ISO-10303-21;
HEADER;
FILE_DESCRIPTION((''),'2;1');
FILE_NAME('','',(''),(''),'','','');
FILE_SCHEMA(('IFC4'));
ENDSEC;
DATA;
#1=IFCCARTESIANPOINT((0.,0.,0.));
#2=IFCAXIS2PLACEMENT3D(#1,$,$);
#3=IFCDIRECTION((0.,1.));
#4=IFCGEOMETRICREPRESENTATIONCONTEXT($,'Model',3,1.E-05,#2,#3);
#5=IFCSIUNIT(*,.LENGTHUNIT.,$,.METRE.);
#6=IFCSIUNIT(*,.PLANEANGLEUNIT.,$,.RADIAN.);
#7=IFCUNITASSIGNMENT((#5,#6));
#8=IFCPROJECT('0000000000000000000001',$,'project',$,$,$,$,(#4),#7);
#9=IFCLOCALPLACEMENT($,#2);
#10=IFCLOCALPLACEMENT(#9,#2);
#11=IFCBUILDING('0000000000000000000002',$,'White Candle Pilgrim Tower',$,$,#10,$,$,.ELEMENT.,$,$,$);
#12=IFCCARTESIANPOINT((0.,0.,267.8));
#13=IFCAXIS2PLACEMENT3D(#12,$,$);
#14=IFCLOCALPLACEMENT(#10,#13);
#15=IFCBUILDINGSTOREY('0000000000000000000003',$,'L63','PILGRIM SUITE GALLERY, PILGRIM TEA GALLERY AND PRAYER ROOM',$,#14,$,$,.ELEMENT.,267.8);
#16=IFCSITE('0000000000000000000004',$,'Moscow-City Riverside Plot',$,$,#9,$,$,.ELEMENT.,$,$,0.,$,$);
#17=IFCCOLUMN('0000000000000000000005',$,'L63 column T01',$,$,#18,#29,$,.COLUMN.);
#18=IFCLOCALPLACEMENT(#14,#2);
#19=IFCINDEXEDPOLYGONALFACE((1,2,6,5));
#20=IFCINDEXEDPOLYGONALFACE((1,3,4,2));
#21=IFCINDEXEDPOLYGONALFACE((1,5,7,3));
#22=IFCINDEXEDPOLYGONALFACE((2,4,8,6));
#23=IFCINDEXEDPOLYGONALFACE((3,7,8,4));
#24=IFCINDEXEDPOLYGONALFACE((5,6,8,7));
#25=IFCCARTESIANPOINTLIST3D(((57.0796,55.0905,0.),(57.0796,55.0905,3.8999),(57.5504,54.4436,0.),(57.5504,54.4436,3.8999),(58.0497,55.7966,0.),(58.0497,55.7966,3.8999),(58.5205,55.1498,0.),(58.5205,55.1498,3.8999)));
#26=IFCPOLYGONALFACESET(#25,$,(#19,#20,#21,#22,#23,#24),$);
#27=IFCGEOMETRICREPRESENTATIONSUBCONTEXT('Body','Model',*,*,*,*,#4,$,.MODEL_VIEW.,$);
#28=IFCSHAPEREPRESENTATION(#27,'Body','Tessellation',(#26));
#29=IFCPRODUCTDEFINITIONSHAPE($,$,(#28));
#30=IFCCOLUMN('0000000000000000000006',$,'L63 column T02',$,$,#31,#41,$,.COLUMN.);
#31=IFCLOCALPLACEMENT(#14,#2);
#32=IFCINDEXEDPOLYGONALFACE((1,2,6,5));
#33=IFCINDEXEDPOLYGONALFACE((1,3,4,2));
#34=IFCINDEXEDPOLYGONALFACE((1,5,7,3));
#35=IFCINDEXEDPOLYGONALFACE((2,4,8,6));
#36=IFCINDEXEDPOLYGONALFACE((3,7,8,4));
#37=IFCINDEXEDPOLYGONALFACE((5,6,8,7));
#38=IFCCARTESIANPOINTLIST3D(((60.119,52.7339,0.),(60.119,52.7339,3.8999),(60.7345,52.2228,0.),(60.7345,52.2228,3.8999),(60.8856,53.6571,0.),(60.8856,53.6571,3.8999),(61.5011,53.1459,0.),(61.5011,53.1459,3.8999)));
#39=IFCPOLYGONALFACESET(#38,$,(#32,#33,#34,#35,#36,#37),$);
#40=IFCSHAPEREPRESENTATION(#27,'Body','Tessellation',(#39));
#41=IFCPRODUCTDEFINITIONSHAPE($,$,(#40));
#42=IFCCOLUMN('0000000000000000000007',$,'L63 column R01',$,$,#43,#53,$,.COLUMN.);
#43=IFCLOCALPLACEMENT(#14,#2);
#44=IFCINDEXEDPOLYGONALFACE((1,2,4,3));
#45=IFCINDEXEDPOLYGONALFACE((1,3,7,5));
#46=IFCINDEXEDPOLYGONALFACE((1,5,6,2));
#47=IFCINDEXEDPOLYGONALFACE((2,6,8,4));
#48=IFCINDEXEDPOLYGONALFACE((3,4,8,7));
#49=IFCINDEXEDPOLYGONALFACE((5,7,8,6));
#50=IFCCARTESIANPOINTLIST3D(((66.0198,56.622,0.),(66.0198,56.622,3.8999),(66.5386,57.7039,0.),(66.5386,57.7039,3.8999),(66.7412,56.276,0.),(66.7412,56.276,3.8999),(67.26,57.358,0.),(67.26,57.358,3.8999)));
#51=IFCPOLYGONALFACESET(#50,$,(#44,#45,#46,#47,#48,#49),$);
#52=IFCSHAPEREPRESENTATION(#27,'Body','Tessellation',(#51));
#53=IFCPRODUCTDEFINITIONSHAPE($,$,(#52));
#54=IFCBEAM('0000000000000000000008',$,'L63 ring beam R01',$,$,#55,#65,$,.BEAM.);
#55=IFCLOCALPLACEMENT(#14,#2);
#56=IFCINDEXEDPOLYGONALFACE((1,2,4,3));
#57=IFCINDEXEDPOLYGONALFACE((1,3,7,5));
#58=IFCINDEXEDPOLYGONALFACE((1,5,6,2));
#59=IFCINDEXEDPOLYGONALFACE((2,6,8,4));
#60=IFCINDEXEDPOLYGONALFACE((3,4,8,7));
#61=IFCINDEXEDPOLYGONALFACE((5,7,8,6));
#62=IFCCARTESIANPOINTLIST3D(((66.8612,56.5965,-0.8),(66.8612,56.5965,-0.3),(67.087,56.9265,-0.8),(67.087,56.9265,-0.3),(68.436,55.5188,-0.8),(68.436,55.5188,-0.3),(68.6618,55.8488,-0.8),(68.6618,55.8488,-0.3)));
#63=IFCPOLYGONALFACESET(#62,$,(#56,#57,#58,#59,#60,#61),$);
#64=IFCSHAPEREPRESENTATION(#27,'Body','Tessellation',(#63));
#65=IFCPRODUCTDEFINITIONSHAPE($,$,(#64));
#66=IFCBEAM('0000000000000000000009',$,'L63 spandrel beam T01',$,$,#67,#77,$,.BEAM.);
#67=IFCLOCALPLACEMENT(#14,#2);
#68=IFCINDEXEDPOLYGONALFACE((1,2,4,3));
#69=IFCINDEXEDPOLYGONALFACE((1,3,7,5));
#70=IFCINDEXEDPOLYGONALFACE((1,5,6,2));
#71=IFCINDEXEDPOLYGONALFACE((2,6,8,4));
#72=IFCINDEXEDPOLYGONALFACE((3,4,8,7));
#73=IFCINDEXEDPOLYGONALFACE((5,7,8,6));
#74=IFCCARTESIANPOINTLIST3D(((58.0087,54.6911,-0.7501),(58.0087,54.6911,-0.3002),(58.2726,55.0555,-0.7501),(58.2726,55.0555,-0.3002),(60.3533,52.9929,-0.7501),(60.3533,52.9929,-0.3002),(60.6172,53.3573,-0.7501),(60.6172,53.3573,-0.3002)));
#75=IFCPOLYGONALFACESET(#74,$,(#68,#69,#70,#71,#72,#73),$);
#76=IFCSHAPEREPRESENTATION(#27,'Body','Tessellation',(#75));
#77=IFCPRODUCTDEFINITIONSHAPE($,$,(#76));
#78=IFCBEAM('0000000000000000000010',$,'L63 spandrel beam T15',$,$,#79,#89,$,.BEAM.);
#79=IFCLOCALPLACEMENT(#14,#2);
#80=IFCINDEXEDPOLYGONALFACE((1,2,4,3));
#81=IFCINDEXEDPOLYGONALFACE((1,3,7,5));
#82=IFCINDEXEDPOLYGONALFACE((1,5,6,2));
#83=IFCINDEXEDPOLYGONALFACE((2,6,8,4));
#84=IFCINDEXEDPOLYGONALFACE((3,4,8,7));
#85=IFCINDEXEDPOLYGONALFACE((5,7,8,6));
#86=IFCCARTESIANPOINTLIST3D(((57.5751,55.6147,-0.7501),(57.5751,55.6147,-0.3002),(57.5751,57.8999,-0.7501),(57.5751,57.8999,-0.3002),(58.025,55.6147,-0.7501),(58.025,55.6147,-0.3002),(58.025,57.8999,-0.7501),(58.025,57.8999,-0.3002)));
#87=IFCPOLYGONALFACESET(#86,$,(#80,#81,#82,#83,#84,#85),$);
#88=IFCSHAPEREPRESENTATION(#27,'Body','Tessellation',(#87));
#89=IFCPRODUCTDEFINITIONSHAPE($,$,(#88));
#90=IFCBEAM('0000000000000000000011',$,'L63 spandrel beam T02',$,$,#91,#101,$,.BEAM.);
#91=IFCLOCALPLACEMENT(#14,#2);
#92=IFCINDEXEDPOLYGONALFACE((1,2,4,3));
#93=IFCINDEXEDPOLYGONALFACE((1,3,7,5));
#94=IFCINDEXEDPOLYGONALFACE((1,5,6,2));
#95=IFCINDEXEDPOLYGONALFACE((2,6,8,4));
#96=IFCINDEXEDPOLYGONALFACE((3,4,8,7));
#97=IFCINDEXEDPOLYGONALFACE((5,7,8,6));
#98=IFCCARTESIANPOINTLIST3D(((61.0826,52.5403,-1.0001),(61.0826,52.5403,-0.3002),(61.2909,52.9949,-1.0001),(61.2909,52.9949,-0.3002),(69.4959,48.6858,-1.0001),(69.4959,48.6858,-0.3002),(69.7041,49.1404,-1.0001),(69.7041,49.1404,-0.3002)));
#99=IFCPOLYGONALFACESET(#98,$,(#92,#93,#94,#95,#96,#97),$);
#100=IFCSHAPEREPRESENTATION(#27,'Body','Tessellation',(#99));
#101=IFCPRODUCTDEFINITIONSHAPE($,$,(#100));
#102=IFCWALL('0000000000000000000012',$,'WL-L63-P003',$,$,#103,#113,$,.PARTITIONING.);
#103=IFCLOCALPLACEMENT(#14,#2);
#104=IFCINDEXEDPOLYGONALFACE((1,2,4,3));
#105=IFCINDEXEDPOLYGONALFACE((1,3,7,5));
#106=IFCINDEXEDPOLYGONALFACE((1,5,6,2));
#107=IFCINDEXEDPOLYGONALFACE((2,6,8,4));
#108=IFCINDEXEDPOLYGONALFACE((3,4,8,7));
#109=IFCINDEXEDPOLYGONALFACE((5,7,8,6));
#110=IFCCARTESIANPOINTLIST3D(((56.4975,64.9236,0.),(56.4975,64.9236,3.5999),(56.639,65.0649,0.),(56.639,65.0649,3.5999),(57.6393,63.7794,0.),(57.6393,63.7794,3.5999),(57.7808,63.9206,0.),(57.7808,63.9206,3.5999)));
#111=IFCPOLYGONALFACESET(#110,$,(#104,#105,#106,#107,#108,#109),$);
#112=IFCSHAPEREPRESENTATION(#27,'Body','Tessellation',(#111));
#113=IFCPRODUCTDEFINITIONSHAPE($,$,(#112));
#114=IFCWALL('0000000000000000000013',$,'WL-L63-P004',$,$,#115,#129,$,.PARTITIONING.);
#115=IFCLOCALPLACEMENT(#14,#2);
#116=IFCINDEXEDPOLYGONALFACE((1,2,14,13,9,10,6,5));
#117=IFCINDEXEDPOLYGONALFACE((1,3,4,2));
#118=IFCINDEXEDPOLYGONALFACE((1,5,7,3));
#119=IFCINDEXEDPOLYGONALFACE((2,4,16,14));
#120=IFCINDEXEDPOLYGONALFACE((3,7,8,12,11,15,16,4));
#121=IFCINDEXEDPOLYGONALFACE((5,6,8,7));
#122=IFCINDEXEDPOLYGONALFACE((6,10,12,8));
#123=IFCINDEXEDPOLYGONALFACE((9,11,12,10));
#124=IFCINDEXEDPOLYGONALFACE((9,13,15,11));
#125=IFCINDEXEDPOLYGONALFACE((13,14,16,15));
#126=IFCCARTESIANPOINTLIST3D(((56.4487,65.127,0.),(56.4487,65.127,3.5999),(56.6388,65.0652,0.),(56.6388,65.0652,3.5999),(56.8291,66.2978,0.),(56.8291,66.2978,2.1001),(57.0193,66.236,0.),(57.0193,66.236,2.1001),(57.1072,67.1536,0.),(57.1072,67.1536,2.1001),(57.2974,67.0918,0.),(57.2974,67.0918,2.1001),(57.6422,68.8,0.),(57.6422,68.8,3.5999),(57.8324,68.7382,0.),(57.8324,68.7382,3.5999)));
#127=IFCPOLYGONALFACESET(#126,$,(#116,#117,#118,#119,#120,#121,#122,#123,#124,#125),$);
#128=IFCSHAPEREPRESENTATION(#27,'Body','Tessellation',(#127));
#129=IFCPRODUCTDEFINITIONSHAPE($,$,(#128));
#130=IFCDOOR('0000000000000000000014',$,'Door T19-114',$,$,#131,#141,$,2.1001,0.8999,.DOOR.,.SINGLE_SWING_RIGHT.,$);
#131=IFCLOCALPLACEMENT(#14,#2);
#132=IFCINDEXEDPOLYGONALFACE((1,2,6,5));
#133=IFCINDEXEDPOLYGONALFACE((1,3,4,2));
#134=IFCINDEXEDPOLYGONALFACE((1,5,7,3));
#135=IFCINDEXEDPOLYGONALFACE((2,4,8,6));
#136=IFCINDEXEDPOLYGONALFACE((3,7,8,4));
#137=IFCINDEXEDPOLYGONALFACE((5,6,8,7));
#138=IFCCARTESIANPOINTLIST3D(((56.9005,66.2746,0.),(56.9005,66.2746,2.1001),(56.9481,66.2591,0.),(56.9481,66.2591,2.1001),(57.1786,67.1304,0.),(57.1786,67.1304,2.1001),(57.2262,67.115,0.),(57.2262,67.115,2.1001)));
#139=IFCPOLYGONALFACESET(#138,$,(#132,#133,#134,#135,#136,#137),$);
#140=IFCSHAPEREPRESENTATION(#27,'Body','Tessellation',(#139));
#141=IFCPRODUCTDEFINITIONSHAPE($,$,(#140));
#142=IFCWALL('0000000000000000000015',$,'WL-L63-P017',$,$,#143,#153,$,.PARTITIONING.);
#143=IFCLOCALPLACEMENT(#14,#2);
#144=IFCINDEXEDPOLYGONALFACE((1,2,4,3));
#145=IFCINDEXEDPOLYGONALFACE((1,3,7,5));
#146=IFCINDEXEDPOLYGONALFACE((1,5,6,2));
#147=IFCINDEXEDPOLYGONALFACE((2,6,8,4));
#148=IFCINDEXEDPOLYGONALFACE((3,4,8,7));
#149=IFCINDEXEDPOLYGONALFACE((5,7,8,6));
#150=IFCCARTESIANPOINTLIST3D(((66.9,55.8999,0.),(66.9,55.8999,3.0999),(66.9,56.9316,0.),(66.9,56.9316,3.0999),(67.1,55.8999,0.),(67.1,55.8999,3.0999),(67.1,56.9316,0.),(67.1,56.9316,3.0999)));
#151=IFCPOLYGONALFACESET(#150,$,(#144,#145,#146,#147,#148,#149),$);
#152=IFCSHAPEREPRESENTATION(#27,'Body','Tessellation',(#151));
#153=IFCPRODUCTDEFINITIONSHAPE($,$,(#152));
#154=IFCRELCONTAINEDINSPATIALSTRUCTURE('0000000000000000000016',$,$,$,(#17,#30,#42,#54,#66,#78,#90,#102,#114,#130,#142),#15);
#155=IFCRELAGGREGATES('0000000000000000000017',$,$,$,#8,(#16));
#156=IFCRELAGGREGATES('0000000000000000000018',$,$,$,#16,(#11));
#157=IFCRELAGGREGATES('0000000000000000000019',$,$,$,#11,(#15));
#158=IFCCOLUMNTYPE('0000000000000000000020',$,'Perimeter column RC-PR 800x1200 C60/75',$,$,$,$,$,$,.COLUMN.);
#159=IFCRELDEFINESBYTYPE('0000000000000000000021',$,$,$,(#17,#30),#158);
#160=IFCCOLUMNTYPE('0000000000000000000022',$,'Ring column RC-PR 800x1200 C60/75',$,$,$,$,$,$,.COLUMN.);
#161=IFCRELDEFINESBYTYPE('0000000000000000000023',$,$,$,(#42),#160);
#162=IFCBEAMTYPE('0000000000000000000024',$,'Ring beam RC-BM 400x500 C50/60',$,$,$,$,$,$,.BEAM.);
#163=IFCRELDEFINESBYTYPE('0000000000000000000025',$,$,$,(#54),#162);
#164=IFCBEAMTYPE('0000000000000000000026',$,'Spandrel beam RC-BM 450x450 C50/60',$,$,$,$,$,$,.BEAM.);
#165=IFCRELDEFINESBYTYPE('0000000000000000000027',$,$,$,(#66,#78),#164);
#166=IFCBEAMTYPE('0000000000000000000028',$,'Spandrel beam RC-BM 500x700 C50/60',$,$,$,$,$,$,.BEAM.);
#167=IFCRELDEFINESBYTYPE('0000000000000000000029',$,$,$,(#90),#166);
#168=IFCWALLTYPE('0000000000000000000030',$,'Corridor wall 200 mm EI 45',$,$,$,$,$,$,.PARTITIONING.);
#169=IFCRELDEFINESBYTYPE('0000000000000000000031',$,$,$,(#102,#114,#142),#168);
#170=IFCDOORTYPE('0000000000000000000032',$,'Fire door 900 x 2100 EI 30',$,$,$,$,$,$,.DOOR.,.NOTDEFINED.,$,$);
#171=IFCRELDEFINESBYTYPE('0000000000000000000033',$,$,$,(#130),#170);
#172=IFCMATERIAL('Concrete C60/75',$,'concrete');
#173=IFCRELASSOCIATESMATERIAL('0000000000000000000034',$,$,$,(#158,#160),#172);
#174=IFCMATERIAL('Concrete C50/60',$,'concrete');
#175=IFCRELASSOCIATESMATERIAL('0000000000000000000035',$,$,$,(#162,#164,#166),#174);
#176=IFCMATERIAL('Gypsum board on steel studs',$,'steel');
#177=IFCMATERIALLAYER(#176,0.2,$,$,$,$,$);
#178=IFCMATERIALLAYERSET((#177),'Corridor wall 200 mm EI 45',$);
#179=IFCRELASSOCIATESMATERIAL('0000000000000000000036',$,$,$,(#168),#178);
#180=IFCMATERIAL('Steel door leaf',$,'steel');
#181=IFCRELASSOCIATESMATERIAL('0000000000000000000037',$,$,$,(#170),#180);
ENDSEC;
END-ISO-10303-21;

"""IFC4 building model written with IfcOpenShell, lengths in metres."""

from ifc_helpers import new_model, si_unit, direction, frame, frame_2d, origin, origin_2d, place, context, subcontext, project, spatial, rectangle, extrude, material, layer, layer_set, material_profile, profile_set, type_object, element, fill, save


model = new_model("IFC4")

# Units and contexts
model_context = context("Model", 3, precision=1e-05, world=origin(), true_north=direction((0.0, 1.0)))
body_context = subcontext(model_context, "Body", "Model", "MODEL_VIEW")
ifc_project = project(units=[si_unit("LENGTHUNIT", "METRE"), si_unit("PLANEANGLEUNIT", "RADIAN")], contexts=[model_context])

# Site, building, storey
site_placement = place(None, origin())
site = spatial("IfcSite", under=ifc_project, at=site_placement, Name="Moscow-City Riverside Plot", CompositionType="ELEMENT", RefElevation=0.0)
building_placement = place(site_placement, origin())
building = spatial("IfcBuilding", under=site, at=building_placement, Name="White Candle Pilgrim Tower", CompositionType="ELEMENT")
storey_placement = place(building_placement, frame((0.0, 0.0, 267.8)))
storey = spatial("IfcBuildingStorey", under=building, at=storey_placement, Name="L63", Description="PILGRIM SUITE GALLERY, PILGRIM TEA GALLERY AND PRAYER ROOM", CompositionType="ELEMENT", Elevation=267.8)

# Columns
ifc_material_1 = material(Name="Concrete C60/75", Category="concrete")
ifc_material_profile_1 = material_profile(ifc_material_1, rectangle(XDim=0.8, YDim=1.2, at=origin_2d()), Name="RC-PR 800x1200")
ifc_profile_set_1 = profile_set([ifc_material_profile_1], Name="Concrete C60/75")
column_type_1 = type_object("IfcColumnType", Name="Perimeter column RC-PR 800x1200 C60/75", PredefinedType="COLUMN", material=ifc_profile_set_1)
for number, where, z_axis, x_axis, name in (
    (1, (57.8, 55.1201, 0.0), (0.0, 0.0, 1.0), (-0.588463, 0.808524, 0.0), "L63 column T01"),
    (2, (60.8101, 52.9399, 0.0), (0.0, 0.0, 1.0), (-0.76931, 0.638875, 0.0), "L63 column T02"),
):
    element("IfcColumn", number, at=place(storey_placement, frame(where, z_axis=z_axis, x_axis=x_axis)), inside=storey, type_object=column_type_1, Name=name, PredefinedType="COLUMN", context=body_context, shape_type="SweptSolid", body=[
        extrude(rectangle(XDim=0.8, YDim=1.2, at=origin_2d()), origin(), (0.0, 0.0, 1.0), 3.8999),
    ])
ifc_material_profile_2 = material_profile(ifc_material_1, rectangle(XDim=0.8, YDim=1.2, at=origin_2d()), Name="RC-PR 800x1200")
ifc_profile_set_2 = profile_set([ifc_material_profile_2], Name="Concrete C60/75")
column_type_2 = type_object("IfcColumnType", Name="Ring column RC-PR 800x1200 C60/75", PredefinedType="COLUMN", material=ifc_profile_set_2)
column_placement = place(storey_placement, frame((66.6399, 56.99, 0.0), z_axis=(0.0, 0.0, 1.0), x_axis=(-0.901689, 0.432385, 0.0)))
element("IfcColumn", 3, at=column_placement, inside=storey, type_object=column_type_2, Name="L63 column R01", PredefinedType="COLUMN", context=body_context, shape_type="SweptSolid", body=[
    extrude(rectangle(XDim=0.8, YDim=1.2, at=origin_2d()), origin(), (0.0, 0.0, 1.0), 3.8999),
])

# Beams
ifc_material_2 = material(Name="Concrete C50/60", Category="concrete")
ifc_material_profile_3 = material_profile(ifc_material_2, rectangle(XDim=0.3999, YDim=0.5, at=origin_2d()), Name="RC-BM 400x500")
ifc_profile_set_3 = profile_set([ifc_material_profile_3], Name="Concrete C50/60")
beam_type_1 = type_object("IfcBeamType", Name="Ring beam RC-BM 400x500 C50/60", PredefinedType="BEAM", material=ifc_profile_set_3)
beam_1_placement = place(storey_placement, frame((66.9741, 56.7615, -0.55), z_axis=(0.825257, -0.564757, 0.0), x_axis=(0.564757, 0.825257, 0.0)))
element("IfcBeam", 4, at=beam_1_placement, inside=storey, type_object=beam_type_1, Name="L63 ring beam R01", PredefinedType="BEAM", context=body_context, shape_type="SweptSolid", body=[
    extrude(rectangle(XDim=0.3999, YDim=0.5, at=origin_2d()), origin(), (0.0, 0.0, 1.0), 1.9082),
])
ifc_material_profile_4 = material_profile(ifc_material_2, rectangle(XDim=0.45, YDim=0.45, at=origin_2d()), Name="RC-BM 450x450")
ifc_profile_set_4 = profile_set([ifc_material_profile_4], Name="Concrete C50/60")
beam_type_2 = type_object("IfcBeamType", Name="Spandrel beam RC-BM 450x450 C50/60", PredefinedType="BEAM", material=ifc_profile_set_4)
beam_2_placement = place(storey_placement, frame((58.1406, 54.8733, -0.5251), z_axis=(0.809887, -0.586586, 0.0), x_axis=(0.586586, 0.809887, 0.0)))
element("IfcBeam", 5, at=beam_2_placement, inside=storey, type_object=beam_type_2, Name="L63 spandrel beam T01", PredefinedType="BEAM", context=body_context, shape_type="SweptSolid", body=[
    extrude(rectangle(XDim=0.45, YDim=0.45, at=origin_2d()), origin(), (0.0, 0.0, 1.0), 2.895),
])
beam_3_placement = place(storey_placement, frame((57.8, 55.6147, -0.5251), z_axis=(0.0, 1.0, 0.0), x_axis=(-1.0, 0.0, 0.0)))
element("IfcBeam", 6, at=beam_3_placement, inside=storey, type_object=beam_type_2, Name="L63 spandrel beam T15", PredefinedType="BEAM", context=body_context, shape_type="SweptSolid", body=[
    extrude(rectangle(XDim=0.45, YDim=0.45, at=origin_2d()), origin(), (0.0, 0.0, 1.0), 2.2852),
])
ifc_material_profile_5 = material_profile(ifc_material_2, rectangle(XDim=0.5, YDim=0.7, at=origin_2d()), Name="RC-BM 500x700")
ifc_profile_set_5 = profile_set([ifc_material_profile_5], Name="Concrete C50/60")
beam_type_3 = type_object("IfcBeamType", Name="Spandrel beam RC-BM 500x700 C50/60", PredefinedType="BEAM", material=ifc_profile_set_5)
beam_4_placement = place(storey_placement, frame((61.1868, 52.7676, -0.6501), z_axis=(0.909131, -0.41651, 0.0), x_axis=(0.41651, 0.909131, 0.0)))
element("IfcBeam", 7, at=beam_4_placement, inside=storey, type_object=beam_type_3, Name="L63 spandrel beam T02", PredefinedType="BEAM", context=body_context, shape_type="SweptSolid", body=[
    extrude(rectangle(XDim=0.5, YDim=0.7, at=origin_2d()), origin(), (0.0, 0.0, 1.0), 9.2542),
])

# Wall
ifc_material_3 = material(Name="Gypsum board on steel studs", Category="steel")
ifc_layer_1 = layer(ifc_material_3, 0.2)
ifc_layer_set_1 = layer_set([ifc_layer_1], Name="Corridor wall 200 mm EI 45")
wall_type_1 = type_object("IfcWallType", Name="Corridor wall 200 mm EI 45", PredefinedType="PARTITIONING", material=ifc_layer_set_1)
wall_1_placement = place(storey_placement, frame((57.71, 63.8501, 0.0), z_axis=(0.0, 0.0, 1.0), x_axis=(-0.706351, 0.707862, 0.0)))
element("IfcWall", 8, at=wall_1_placement, inside=storey, type_object=wall_type_1, Name="WL-L63-P003", PredefinedType="PARTITIONING", context=body_context, shape_type="SweptSolid", body=[
    extrude(rectangle(XDim=1.6165, YDim=0.2, at=frame_2d((0.8081, 0.0))), origin(), (0.0, 0.0, 1.0), 3.5999),
])

# Wall, opening, door
wall_2_placement = place(storey_placement, frame((56.5437, 65.0959, 0.0), z_axis=(0.0, 0.0, 1.0), x_axis=(0.30905, 0.951046, 0.0)))
wall_2 = element("IfcWall", 9, at=wall_2_placement, inside=storey, type_object=wall_type_1, Name="WL-L63-P004", PredefinedType="PARTITIONING", context=body_context, shape_type="SweptSolid", body=[
    extrude(rectangle(XDim=3.8621, YDim=0.2, at=frame_2d((1.9312, 0.0))), origin(), (0.0, 0.0, 1.0), 3.5999),
])
opening_1_placement = place(wall_2_placement, frame((1.2312, 0.0, 0.0)))
opening_1 = element("IfcOpeningElement", 10, at=opening_1_placement, cuts=wall_2, PredefinedType="OPENING", context=body_context, shape_type="SweptSolid", body=[
    extrude(rectangle(XDim=0.8999, YDim=2.1001, at=frame_2d((0.45, 1.05))), frame((0.0, 0.1099, 0.0), z_axis=(0.0, -1.0, 0.0), x_axis=(1.0, 0.0, 0.0)), (0.0, 0.0, 1.0), 0.22),
])
ifc_material_4 = material(Name="Steel door leaf", Category="steel")
door_type_1 = type_object("IfcDoorType", Name="Fire door 900 x 2100 EI 30", OperationType="NOTDEFINED", PredefinedType="DOOR", material=ifc_material_4)
door_1_placement = place(opening_1_placement, origin())
door_1 = element("IfcDoor", 11, at=door_1_placement, inside=storey, type_object=door_type_1, Name="Door T19-114", OperationType="SINGLE_SWING_RIGHT", OverallHeight=2.1001, OverallWidth=0.8999, PredefinedType="DOOR", context=body_context, shape_type="SweptSolid", body=[
    extrude(rectangle(XDim=0.8999, YDim=2.1001, at=frame_2d((0.45, 1.05))), frame((0.0, 0.0249, 0.0), z_axis=(0.0, -1.0, 0.0), x_axis=(1.0, 0.0, 0.0)), (0.0, 0.0, 1.0), 0.05),
])
fill(opening_1, door_1)

# Wall
wall_3_placement = place(storey_placement, frame((67.0, 56.9316, 0.0), z_axis=(0.0, 0.0, 1.0), x_axis=(0.0, -1.0, 0.0)))
element("IfcWall", 12, at=wall_3_placement, inside=storey, type_object=wall_type_1, Name="WL-L63-P017", PredefinedType="PARTITIONING", context=body_context, shape_type="SweptSolid", body=[
    extrude(rectangle(XDim=1.0317, YDim=0.2, at=frame_2d((0.5159, 0.0))), origin(), (0.0, 0.0, 1.0), 3.0999),
])

save(model, "model.ifc")
